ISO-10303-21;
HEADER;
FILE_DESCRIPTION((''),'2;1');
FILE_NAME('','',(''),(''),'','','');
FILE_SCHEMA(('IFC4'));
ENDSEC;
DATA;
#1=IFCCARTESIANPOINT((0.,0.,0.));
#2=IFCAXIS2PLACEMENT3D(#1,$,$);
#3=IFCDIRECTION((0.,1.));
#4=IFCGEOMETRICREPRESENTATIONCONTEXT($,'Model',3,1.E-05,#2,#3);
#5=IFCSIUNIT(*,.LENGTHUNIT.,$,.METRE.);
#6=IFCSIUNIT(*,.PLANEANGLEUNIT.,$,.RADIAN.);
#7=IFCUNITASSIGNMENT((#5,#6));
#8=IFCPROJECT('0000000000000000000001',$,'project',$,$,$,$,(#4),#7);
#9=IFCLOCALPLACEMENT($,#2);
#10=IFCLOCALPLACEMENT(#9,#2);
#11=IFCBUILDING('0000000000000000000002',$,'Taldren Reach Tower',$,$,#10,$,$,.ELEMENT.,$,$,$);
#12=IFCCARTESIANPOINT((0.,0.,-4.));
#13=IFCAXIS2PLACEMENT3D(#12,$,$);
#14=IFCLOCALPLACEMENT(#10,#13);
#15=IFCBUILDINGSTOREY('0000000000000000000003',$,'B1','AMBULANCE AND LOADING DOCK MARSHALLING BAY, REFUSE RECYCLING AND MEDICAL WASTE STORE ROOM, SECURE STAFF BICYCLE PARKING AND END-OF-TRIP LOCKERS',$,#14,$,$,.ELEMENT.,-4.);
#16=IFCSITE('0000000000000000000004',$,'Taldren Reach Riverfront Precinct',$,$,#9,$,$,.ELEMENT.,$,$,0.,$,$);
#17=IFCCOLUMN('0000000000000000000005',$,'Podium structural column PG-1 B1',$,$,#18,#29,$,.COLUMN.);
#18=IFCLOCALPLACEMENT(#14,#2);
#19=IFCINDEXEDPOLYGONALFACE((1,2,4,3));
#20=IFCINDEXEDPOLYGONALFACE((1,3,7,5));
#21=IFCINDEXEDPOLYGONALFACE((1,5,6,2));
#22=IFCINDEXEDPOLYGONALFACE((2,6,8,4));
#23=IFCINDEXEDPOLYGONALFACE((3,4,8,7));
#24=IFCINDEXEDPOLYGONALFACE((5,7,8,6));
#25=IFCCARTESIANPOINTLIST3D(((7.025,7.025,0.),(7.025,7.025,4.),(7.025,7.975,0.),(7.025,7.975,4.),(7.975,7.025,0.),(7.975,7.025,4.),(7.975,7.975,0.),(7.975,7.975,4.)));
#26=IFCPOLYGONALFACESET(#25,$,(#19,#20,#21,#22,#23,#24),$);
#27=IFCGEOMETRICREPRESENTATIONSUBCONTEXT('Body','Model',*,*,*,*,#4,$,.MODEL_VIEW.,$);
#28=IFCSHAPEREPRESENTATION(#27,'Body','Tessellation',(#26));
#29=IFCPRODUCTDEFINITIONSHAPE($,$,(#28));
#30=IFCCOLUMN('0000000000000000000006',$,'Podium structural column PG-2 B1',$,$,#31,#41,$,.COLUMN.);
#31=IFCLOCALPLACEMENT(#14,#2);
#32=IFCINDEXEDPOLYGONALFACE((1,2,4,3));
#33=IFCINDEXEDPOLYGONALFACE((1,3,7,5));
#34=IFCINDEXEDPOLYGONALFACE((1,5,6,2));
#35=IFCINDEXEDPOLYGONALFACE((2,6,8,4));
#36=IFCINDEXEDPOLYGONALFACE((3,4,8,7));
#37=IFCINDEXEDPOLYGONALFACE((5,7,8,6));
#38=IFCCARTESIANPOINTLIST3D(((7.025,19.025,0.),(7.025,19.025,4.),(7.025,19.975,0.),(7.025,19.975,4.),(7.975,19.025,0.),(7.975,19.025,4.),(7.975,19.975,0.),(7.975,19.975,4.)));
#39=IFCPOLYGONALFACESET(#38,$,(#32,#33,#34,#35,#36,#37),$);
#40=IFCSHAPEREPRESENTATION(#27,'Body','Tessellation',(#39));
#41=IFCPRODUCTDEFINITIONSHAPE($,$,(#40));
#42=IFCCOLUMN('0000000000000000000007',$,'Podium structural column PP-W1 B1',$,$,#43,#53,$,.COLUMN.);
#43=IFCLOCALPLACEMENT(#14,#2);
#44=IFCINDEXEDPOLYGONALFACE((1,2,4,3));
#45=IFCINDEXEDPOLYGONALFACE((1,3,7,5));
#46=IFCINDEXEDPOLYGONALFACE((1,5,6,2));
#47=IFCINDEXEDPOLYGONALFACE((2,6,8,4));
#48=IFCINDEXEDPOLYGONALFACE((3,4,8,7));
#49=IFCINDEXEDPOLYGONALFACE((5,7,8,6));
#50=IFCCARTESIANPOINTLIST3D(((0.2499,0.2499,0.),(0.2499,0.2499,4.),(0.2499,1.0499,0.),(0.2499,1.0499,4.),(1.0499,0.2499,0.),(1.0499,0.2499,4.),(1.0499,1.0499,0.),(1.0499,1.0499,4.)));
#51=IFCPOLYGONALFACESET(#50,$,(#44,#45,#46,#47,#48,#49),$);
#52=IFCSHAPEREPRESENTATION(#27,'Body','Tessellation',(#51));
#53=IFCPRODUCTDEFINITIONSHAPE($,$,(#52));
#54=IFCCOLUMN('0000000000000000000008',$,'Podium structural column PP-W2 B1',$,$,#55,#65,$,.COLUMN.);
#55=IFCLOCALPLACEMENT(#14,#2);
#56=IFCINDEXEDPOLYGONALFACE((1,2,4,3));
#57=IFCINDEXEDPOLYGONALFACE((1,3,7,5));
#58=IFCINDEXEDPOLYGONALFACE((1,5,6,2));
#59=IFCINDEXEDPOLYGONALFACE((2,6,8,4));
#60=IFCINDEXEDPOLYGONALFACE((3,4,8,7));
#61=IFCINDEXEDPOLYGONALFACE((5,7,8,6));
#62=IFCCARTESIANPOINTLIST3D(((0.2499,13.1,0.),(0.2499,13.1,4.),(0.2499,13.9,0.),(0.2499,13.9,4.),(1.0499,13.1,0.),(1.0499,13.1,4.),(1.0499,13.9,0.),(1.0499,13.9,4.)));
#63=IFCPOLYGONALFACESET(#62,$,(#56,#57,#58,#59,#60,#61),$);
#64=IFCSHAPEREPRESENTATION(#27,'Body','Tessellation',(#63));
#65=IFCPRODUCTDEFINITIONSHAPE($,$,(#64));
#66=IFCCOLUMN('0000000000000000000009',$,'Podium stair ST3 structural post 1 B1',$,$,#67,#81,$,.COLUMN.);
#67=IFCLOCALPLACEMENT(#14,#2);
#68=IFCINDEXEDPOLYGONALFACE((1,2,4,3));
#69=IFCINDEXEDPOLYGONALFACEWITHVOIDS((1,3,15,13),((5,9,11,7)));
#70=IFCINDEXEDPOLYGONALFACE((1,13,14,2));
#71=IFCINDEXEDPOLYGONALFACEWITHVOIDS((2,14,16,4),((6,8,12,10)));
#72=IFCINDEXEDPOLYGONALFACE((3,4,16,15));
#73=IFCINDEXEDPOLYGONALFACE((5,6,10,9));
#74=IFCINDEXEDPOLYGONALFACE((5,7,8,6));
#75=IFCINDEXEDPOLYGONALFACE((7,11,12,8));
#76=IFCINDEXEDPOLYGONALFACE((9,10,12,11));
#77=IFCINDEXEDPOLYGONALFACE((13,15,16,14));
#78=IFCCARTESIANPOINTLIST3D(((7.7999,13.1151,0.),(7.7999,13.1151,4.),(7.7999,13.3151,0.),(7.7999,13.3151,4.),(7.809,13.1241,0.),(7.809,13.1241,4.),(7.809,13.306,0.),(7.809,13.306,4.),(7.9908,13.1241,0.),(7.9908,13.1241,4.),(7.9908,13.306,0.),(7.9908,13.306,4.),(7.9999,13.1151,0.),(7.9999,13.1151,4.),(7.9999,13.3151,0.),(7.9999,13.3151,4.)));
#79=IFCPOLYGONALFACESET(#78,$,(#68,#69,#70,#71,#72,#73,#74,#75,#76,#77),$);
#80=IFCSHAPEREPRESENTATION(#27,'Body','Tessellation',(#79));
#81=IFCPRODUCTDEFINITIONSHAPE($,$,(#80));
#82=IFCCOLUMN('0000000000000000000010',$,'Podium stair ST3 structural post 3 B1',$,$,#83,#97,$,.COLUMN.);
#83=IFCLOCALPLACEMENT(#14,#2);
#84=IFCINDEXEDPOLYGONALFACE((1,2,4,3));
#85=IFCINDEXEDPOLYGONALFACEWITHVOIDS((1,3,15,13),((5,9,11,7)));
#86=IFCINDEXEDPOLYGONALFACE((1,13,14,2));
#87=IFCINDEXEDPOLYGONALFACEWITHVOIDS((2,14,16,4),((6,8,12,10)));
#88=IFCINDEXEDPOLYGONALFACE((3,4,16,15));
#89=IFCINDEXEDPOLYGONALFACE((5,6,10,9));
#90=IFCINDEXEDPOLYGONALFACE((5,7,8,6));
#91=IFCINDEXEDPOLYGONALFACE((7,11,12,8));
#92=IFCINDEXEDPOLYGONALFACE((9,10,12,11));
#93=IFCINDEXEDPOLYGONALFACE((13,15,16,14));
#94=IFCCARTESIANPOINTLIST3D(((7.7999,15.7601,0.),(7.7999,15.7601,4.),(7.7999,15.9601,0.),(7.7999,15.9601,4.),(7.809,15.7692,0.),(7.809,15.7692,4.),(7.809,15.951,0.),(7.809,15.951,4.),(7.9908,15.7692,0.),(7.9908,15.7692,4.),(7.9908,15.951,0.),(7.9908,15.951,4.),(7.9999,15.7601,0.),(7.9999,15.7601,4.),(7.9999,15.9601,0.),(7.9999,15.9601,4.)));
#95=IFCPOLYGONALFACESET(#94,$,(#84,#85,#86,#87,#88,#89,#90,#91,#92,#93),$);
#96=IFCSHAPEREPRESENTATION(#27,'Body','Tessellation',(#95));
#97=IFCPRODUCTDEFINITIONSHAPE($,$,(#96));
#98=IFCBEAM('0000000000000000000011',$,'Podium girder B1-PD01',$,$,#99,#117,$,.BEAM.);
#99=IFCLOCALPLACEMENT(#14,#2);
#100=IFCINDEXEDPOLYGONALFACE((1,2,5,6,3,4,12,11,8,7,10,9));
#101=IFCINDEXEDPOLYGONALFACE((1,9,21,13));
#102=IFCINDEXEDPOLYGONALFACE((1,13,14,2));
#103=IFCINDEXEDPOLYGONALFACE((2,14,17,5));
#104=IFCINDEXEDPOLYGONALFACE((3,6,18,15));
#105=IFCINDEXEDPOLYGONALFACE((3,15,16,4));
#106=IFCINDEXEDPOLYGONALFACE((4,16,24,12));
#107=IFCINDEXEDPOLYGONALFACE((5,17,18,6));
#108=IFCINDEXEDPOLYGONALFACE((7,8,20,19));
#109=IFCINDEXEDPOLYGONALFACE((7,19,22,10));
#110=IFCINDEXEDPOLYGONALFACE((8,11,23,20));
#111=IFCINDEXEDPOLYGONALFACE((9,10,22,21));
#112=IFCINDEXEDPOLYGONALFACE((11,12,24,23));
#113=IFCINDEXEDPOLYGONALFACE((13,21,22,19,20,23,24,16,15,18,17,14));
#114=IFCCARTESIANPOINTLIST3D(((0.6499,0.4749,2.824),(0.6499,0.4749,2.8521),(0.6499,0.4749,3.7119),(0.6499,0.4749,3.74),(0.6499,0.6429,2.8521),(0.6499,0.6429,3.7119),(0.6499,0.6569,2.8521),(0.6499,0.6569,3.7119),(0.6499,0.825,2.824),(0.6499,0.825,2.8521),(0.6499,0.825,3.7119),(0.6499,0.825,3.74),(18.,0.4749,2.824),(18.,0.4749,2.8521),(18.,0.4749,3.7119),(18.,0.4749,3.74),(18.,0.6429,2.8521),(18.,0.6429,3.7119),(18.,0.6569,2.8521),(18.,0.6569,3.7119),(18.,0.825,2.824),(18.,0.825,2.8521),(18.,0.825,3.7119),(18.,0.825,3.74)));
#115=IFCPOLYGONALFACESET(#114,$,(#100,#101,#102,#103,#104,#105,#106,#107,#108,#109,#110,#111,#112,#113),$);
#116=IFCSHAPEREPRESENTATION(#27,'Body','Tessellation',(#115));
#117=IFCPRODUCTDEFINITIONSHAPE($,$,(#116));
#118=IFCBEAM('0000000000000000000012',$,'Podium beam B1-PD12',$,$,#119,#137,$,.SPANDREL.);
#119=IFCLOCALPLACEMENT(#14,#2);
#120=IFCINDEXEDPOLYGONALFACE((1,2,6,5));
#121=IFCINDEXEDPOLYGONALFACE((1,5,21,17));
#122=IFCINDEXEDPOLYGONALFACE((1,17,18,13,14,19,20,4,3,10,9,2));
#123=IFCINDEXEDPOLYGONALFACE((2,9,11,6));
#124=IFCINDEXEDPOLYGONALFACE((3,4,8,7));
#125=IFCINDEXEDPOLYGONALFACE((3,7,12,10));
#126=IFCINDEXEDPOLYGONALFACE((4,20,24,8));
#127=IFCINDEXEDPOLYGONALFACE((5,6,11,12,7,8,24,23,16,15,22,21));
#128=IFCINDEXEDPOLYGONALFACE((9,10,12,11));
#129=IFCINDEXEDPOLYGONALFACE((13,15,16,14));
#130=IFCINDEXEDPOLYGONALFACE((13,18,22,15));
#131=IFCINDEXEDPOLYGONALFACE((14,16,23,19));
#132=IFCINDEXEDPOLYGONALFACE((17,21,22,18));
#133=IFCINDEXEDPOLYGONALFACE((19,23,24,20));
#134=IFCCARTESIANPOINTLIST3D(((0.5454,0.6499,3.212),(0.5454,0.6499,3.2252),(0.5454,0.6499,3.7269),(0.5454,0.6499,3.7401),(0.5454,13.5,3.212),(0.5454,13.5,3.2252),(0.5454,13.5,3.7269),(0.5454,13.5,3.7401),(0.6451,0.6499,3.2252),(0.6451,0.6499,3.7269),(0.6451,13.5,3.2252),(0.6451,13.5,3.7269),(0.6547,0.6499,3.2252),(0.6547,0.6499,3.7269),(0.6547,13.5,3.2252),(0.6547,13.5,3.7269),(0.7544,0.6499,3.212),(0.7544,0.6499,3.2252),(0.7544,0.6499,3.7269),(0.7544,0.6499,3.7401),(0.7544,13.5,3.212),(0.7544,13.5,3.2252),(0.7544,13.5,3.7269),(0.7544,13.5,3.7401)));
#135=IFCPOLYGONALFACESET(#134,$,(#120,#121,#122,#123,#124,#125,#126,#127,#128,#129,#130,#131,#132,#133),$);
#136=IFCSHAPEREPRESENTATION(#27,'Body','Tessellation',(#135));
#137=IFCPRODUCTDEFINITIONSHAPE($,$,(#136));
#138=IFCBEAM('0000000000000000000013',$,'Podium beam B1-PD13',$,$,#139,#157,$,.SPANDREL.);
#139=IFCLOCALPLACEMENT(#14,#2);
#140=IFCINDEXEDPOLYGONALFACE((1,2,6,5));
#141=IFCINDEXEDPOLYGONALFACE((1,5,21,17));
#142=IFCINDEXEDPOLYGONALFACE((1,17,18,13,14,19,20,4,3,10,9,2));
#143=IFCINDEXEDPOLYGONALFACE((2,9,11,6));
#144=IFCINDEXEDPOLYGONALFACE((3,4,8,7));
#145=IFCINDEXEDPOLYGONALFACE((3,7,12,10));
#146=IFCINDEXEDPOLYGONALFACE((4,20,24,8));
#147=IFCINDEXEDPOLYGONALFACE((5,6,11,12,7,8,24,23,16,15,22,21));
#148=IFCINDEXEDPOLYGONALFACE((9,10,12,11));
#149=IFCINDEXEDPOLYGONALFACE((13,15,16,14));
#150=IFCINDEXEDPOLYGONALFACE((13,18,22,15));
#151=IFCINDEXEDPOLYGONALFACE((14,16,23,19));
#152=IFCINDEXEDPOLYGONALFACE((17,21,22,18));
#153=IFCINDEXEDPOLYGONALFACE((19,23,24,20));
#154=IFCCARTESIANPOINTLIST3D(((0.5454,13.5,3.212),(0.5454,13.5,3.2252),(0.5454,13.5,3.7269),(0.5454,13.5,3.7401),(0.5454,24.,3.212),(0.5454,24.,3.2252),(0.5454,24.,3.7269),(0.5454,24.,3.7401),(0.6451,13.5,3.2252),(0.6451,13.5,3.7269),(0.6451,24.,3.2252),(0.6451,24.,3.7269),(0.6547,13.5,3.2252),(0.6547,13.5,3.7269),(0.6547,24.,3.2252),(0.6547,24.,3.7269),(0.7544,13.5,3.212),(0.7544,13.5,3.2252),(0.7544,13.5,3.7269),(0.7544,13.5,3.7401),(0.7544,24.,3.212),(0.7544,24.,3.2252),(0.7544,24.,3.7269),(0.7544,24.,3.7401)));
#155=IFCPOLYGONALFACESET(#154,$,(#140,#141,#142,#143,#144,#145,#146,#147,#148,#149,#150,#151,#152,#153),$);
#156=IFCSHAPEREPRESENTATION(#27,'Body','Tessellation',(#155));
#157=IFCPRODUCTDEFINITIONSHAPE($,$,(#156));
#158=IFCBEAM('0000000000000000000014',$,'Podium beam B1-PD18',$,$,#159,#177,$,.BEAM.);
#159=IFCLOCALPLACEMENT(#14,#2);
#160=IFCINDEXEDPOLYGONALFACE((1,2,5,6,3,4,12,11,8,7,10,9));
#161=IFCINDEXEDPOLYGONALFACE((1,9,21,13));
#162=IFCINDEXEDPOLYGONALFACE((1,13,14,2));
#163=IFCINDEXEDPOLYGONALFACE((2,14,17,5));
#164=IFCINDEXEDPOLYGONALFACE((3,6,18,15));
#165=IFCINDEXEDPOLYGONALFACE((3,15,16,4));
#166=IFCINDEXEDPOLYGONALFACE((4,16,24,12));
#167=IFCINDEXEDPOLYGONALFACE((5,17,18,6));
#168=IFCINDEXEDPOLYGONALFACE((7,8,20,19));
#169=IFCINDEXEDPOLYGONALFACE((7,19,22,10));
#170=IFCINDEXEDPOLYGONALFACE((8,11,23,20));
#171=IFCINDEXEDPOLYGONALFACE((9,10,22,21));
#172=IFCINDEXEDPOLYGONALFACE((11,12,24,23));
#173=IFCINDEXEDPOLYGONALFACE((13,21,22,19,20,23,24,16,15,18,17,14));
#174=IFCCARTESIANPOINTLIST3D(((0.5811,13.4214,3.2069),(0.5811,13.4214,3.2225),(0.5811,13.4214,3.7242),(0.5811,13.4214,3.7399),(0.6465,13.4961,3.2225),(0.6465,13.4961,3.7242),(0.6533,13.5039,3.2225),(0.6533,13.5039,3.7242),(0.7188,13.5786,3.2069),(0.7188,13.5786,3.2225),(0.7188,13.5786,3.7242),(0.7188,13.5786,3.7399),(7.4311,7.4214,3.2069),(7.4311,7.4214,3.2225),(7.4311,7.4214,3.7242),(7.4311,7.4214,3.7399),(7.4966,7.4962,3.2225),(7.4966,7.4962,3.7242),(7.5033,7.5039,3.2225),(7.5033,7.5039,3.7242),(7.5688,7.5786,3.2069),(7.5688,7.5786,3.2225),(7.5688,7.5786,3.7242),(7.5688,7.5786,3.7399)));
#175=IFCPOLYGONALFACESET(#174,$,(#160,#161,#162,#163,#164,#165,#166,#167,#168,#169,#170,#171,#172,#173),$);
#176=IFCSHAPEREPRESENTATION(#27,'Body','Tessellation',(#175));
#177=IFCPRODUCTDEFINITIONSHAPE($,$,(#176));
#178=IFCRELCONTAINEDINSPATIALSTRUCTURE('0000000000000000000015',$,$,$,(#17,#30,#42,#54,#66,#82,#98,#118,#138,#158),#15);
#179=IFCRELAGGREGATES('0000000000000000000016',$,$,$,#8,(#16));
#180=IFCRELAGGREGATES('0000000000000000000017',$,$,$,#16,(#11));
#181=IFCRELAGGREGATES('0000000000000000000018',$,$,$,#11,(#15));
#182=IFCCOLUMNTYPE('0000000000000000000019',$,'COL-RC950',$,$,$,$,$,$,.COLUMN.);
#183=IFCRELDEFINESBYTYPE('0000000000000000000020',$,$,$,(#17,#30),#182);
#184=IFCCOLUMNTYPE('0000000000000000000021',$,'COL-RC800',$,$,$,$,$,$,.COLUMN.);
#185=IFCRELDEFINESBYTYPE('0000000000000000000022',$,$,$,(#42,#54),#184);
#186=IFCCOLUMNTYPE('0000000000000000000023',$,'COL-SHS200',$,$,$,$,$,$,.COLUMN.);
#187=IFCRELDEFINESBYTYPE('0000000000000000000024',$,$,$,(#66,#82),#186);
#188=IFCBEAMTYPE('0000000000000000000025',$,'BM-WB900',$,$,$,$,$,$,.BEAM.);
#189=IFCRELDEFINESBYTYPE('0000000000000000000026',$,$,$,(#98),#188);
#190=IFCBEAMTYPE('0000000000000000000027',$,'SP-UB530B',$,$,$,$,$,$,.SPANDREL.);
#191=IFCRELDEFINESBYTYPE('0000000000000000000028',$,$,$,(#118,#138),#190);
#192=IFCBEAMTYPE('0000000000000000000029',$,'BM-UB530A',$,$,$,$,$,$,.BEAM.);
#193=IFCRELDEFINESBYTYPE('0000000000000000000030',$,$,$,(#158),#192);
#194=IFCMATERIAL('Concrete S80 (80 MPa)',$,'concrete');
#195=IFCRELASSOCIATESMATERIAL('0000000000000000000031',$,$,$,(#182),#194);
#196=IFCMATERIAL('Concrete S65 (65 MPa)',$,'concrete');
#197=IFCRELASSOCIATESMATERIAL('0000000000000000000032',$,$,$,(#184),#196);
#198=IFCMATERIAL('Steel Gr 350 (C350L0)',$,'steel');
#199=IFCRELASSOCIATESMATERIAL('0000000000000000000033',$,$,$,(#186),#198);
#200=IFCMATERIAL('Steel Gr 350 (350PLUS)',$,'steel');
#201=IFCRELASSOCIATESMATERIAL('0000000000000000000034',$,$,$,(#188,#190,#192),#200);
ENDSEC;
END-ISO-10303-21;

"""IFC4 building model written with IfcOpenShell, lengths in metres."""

from ifc_helpers import new_model, si_unit, direction, frame, origin, origin_2d, place, context, subcontext, project, spatial, rectangle, hollow_rectangle, i_section, extrude, source, transform, mapped, material, material_profile, profile_set, type_object, element, save


model = new_model("IFC4")

# Units and contexts
model_context = context("Model", 3, precision=1e-05, world=origin(), true_north=direction((0.0, 1.0)))
body_context = subcontext(model_context, "Body", "Model", "MODEL_VIEW")
ifc_project = project(units=[si_unit("LENGTHUNIT", "METRE"), si_unit("PLANEANGLEUNIT", "RADIAN")], contexts=[model_context])

# Site, building, storey
site_placement = place(None, origin())
site = spatial("IfcSite", under=ifc_project, at=site_placement, Name="Taldren Reach Riverfront Precinct", CompositionType="ELEMENT", RefElevation=0.0)
building_placement = place(site_placement, origin())
building = spatial("IfcBuilding", under=site, at=building_placement, Name="Taldren Reach Tower", CompositionType="ELEMENT")
storey_placement = place(building_placement, frame((0.0, 0.0, -4.0)))
storey = spatial("IfcBuildingStorey", under=building, at=storey_placement, Name="B1", Description="AMBULANCE AND LOADING DOCK MARSHALLING BAY, REFUSE RECYCLING AND MEDICAL WASTE STORE ROOM, SECURE STAFF BICYCLE PARKING AND END-OF-TRIP LOCKERS", CompositionType="ELEMENT", Elevation=-4.0)

# Columns
ifc_material_1 = material(Name="Concrete S80 (80 MPa)", Category="concrete")
ifc_material_profile_1 = material_profile(ifc_material_1, rectangle(XDim=0.95, YDim=0.95, at=origin_2d()), Name="RC-950x950")
ifc_profile_set_1 = profile_set([ifc_material_profile_1], Name="Concrete S80 (80 MPa)")
column_type_1 = type_object("IfcColumnType", Name="COL-RC950", PredefinedType="COLUMN", material=ifc_profile_set_1)
shared_shape_1 = source(origin(), body_context, "Body", "SweptSolid", [
    extrude(rectangle(XDim=0.95, YDim=0.95, at=origin_2d()), origin(), (0.0, 0.0, 1.0), 4.0),
])
for number, where, z_axis, x_axis, name in (
    (1, (7.5, 7.5, 0.0), (0.0, 0.0, 1.0), (1.0, 0.0, 0.0), "Podium structural column PG-1 B1"),
    (2, (7.5, 19.5, 0.0), (0.0, 0.0, 1.0), (1.0, 0.0, 0.0), "Podium structural column PG-2 B1"),
):
    element("IfcColumn", number, at=place(storey_placement, frame(where, z_axis=z_axis, x_axis=x_axis)), inside=storey, type_object=column_type_1, Name=name, PredefinedType="COLUMN", context=body_context, shape_type="MappedRepresentation", body=[
        mapped(shared_shape_1, transform((0.0, 0.0, 0.0), scale=1.0)),
    ])
ifc_material_2 = material(Name="Concrete S65 (65 MPa)", Category="concrete")
ifc_material_profile_2 = material_profile(ifc_material_2, rectangle(XDim=0.8, YDim=0.8, at=origin_2d()), Name="RC-800x800")
ifc_profile_set_2 = profile_set([ifc_material_profile_2], Name="Concrete S65 (65 MPa)")
column_type_2 = type_object("IfcColumnType", Name="COL-RC800", PredefinedType="COLUMN", material=ifc_profile_set_2)
shared_shape_2 = source(origin(), body_context, "Body", "SweptSolid", [
    extrude(rectangle(XDim=0.8, YDim=0.8, at=origin_2d()), origin(), (0.0, 0.0, 1.0), 4.0),
])
for number, where, z_axis, x_axis, name in (
    (3, (0.6499, 0.6499, 0.0), (0.0, 0.0, 1.0), (1.0, 0.0, 0.0), "Podium structural column PP-W1 B1"),
    (4, (0.6499, 13.5, 0.0), (0.0, 0.0, 1.0), (1.0, 0.0, 0.0), "Podium structural column PP-W2 B1"),
):
    element("IfcColumn", number, at=place(storey_placement, frame(where, z_axis=z_axis, x_axis=x_axis)), inside=storey, type_object=column_type_2, Name=name, PredefinedType="COLUMN", context=body_context, shape_type="MappedRepresentation", body=[
        mapped(shared_shape_2, transform((0.0, 0.0, 0.0), scale=1.0)),
    ])
ifc_material_3 = material(Name="Steel Gr 350 (C350L0)", Category="steel")
ifc_material_profile_3 = material_profile(ifc_material_3, hollow_rectangle(XDim=0.2, YDim=0.2, WallThickness=0.009, at=origin_2d()), Name="200x200x9.0SHS")
ifc_profile_set_3 = profile_set([ifc_material_profile_3], Name="Steel Gr 350 (C350L0)")
column_type_3 = type_object("IfcColumnType", Name="COL-SHS200", PredefinedType="COLUMN", material=ifc_profile_set_3)
shared_shape_3 = source(origin(), body_context, "Body", "SweptSolid", [
    extrude(hollow_rectangle(XDim=0.2, YDim=0.2, WallThickness=0.009, at=origin_2d()), origin(), (0.0, 0.0, 1.0), 4.0),
])
for number, where, z_axis, x_axis, name in (
    (5, (7.8999, 13.2151, 0.0), (0.0, 0.0, 1.0), (1.0, 0.0, 0.0), "Podium stair ST3 structural post 1 B1"),
    (6, (7.8999, 15.8601, 0.0), (0.0, 0.0, 1.0), (1.0, 0.0, 0.0), "Podium stair ST3 structural post 3 B1"),
):
    element("IfcColumn", number, at=place(storey_placement, frame(where, z_axis=z_axis, x_axis=x_axis)), inside=storey, type_object=column_type_3, Name=name, PredefinedType="COLUMN", context=body_context, shape_type="MappedRepresentation", body=[
        mapped(shared_shape_3, transform((0.0, 0.0, 0.0), scale=1.0)),
    ])

# Beams
ifc_material_4 = material(Name="Steel Gr 350 (350PLUS)", Category="steel")
ifc_material_profile_4 = material_profile(ifc_material_4, i_section(OverallWidth=0.3501, OverallDepth=0.916, WebThickness=0.0139, FlangeThickness=0.0281, at=origin_2d()), Name="900WB257")
ifc_profile_set_4 = profile_set([ifc_material_profile_4], Name="Steel Gr 350 (350PLUS)")
beam_type_1 = type_object("IfcBeamType", Name="BM-WB900", PredefinedType="BEAM", material=ifc_profile_set_4)
shared_shape_4 = source(origin(), body_context, "Body", "SweptSolid", [
    extrude(i_section(OverallWidth=0.3501, OverallDepth=0.916, WebThickness=0.0139, FlangeThickness=0.0281, at=origin_2d()), origin(), (0.0, 0.0, 1.0), 17.3501),
])
beam_1_placement = place(storey_placement, frame((0.6499, 0.6499, 3.282), z_axis=(1.0, 0.0, 0.0), x_axis=(0.0, 1.0, 0.0)))
element("IfcBeam", 7, at=beam_1_placement, inside=storey, type_object=beam_type_1, Name="Podium girder B1-PD01", PredefinedType="BEAM", context=body_context, shape_type="MappedRepresentation", body=[
    mapped(shared_shape_4, transform((0.0, 0.0, 0.0), scale=1.0)),
])
ifc_material_profile_5 = material_profile(ifc_material_4, i_section(OverallWidth=0.209, OverallDepth=0.5281, WebThickness=0.0095, FlangeThickness=0.0132, at=origin_2d()), Name="530UB82.0")
ifc_profile_set_5 = profile_set([ifc_material_profile_5], Name="Steel Gr 350 (350PLUS)")
beam_type_2 = type_object("IfcBeamType", Name="SP-UB530B", PredefinedType="SPANDREL", material=ifc_profile_set_5)
shared_shape_5 = source(origin(), body_context, "Body", "SweptSolid", [
    extrude(i_section(OverallWidth=0.209, OverallDepth=0.5281, WebThickness=0.0095, FlangeThickness=0.0132, at=origin_2d()), origin(), (0.0, 0.0, 1.0), 12.8501),
])
beam_2_placement = place(storey_placement, frame((0.6499, 0.6499, 3.4761), z_axis=(0.0, 1.0, 0.0), x_axis=(-1.0, 0.0, 0.0)))
element("IfcBeam", 8, at=beam_2_placement, inside=storey, type_object=beam_type_2, Name="Podium beam B1-PD12", PredefinedType="SPANDREL", context=body_context, shape_type="MappedRepresentation", body=[
    mapped(shared_shape_5, transform((0.0, 0.0, 0.0), scale=1.0)),
])
shared_shape_6 = source(origin(), body_context, "Body", "SweptSolid", [
    extrude(i_section(OverallWidth=0.209, OverallDepth=0.5281, WebThickness=0.0095, FlangeThickness=0.0132, at=origin_2d()), origin(), (0.0, 0.0, 1.0), 10.5),
])
beam_3_placement = place(storey_placement, frame((0.6499, 13.5, 3.4761), z_axis=(0.0, 1.0, 0.0), x_axis=(-1.0, 0.0, 0.0)))
element("IfcBeam", 9, at=beam_3_placement, inside=storey, type_object=beam_type_2, Name="Podium beam B1-PD13", PredefinedType="SPANDREL", context=body_context, shape_type="MappedRepresentation", body=[
    mapped(shared_shape_6, transform((0.0, 0.0, 0.0), scale=1.0)),
])
ifc_material_profile_6 = material_profile(ifc_material_4, i_section(OverallWidth=0.209, OverallDepth=0.533, WebThickness=0.0103, FlangeThickness=0.0156, at=origin_2d()), Name="530UB92.4")
ifc_profile_set_6 = profile_set([ifc_material_profile_6], Name="Steel Gr 350 (350PLUS)")
beam_type_3 = type_object("IfcBeamType", Name="BM-UB530A", PredefinedType="BEAM", material=ifc_profile_set_6)
shared_shape_7 = source(origin(), body_context, "Body", "SweptSolid", [
    extrude(i_section(OverallWidth=0.209, OverallDepth=0.533, WebThickness=0.0103, FlangeThickness=0.0156, at=origin_2d()), origin(), (0.0, 0.0, 1.0), 9.1062),
])
beam_4_placement = place(storey_placement, frame((0.6499, 13.5, 3.4734), z_axis=(0.752241, -0.658888, 0.0), x_axis=(0.658888, 0.752241, 0.0)))
element("IfcBeam", 10, at=beam_4_placement, inside=storey, type_object=beam_type_3, Name="Podium beam B1-PD18", PredefinedType="BEAM", context=body_context, shape_type="MappedRepresentation", body=[
    mapped(shared_shape_7, transform((0.0, 0.0, 0.0), scale=1.0)),
])

save(model, "model.ifc")
